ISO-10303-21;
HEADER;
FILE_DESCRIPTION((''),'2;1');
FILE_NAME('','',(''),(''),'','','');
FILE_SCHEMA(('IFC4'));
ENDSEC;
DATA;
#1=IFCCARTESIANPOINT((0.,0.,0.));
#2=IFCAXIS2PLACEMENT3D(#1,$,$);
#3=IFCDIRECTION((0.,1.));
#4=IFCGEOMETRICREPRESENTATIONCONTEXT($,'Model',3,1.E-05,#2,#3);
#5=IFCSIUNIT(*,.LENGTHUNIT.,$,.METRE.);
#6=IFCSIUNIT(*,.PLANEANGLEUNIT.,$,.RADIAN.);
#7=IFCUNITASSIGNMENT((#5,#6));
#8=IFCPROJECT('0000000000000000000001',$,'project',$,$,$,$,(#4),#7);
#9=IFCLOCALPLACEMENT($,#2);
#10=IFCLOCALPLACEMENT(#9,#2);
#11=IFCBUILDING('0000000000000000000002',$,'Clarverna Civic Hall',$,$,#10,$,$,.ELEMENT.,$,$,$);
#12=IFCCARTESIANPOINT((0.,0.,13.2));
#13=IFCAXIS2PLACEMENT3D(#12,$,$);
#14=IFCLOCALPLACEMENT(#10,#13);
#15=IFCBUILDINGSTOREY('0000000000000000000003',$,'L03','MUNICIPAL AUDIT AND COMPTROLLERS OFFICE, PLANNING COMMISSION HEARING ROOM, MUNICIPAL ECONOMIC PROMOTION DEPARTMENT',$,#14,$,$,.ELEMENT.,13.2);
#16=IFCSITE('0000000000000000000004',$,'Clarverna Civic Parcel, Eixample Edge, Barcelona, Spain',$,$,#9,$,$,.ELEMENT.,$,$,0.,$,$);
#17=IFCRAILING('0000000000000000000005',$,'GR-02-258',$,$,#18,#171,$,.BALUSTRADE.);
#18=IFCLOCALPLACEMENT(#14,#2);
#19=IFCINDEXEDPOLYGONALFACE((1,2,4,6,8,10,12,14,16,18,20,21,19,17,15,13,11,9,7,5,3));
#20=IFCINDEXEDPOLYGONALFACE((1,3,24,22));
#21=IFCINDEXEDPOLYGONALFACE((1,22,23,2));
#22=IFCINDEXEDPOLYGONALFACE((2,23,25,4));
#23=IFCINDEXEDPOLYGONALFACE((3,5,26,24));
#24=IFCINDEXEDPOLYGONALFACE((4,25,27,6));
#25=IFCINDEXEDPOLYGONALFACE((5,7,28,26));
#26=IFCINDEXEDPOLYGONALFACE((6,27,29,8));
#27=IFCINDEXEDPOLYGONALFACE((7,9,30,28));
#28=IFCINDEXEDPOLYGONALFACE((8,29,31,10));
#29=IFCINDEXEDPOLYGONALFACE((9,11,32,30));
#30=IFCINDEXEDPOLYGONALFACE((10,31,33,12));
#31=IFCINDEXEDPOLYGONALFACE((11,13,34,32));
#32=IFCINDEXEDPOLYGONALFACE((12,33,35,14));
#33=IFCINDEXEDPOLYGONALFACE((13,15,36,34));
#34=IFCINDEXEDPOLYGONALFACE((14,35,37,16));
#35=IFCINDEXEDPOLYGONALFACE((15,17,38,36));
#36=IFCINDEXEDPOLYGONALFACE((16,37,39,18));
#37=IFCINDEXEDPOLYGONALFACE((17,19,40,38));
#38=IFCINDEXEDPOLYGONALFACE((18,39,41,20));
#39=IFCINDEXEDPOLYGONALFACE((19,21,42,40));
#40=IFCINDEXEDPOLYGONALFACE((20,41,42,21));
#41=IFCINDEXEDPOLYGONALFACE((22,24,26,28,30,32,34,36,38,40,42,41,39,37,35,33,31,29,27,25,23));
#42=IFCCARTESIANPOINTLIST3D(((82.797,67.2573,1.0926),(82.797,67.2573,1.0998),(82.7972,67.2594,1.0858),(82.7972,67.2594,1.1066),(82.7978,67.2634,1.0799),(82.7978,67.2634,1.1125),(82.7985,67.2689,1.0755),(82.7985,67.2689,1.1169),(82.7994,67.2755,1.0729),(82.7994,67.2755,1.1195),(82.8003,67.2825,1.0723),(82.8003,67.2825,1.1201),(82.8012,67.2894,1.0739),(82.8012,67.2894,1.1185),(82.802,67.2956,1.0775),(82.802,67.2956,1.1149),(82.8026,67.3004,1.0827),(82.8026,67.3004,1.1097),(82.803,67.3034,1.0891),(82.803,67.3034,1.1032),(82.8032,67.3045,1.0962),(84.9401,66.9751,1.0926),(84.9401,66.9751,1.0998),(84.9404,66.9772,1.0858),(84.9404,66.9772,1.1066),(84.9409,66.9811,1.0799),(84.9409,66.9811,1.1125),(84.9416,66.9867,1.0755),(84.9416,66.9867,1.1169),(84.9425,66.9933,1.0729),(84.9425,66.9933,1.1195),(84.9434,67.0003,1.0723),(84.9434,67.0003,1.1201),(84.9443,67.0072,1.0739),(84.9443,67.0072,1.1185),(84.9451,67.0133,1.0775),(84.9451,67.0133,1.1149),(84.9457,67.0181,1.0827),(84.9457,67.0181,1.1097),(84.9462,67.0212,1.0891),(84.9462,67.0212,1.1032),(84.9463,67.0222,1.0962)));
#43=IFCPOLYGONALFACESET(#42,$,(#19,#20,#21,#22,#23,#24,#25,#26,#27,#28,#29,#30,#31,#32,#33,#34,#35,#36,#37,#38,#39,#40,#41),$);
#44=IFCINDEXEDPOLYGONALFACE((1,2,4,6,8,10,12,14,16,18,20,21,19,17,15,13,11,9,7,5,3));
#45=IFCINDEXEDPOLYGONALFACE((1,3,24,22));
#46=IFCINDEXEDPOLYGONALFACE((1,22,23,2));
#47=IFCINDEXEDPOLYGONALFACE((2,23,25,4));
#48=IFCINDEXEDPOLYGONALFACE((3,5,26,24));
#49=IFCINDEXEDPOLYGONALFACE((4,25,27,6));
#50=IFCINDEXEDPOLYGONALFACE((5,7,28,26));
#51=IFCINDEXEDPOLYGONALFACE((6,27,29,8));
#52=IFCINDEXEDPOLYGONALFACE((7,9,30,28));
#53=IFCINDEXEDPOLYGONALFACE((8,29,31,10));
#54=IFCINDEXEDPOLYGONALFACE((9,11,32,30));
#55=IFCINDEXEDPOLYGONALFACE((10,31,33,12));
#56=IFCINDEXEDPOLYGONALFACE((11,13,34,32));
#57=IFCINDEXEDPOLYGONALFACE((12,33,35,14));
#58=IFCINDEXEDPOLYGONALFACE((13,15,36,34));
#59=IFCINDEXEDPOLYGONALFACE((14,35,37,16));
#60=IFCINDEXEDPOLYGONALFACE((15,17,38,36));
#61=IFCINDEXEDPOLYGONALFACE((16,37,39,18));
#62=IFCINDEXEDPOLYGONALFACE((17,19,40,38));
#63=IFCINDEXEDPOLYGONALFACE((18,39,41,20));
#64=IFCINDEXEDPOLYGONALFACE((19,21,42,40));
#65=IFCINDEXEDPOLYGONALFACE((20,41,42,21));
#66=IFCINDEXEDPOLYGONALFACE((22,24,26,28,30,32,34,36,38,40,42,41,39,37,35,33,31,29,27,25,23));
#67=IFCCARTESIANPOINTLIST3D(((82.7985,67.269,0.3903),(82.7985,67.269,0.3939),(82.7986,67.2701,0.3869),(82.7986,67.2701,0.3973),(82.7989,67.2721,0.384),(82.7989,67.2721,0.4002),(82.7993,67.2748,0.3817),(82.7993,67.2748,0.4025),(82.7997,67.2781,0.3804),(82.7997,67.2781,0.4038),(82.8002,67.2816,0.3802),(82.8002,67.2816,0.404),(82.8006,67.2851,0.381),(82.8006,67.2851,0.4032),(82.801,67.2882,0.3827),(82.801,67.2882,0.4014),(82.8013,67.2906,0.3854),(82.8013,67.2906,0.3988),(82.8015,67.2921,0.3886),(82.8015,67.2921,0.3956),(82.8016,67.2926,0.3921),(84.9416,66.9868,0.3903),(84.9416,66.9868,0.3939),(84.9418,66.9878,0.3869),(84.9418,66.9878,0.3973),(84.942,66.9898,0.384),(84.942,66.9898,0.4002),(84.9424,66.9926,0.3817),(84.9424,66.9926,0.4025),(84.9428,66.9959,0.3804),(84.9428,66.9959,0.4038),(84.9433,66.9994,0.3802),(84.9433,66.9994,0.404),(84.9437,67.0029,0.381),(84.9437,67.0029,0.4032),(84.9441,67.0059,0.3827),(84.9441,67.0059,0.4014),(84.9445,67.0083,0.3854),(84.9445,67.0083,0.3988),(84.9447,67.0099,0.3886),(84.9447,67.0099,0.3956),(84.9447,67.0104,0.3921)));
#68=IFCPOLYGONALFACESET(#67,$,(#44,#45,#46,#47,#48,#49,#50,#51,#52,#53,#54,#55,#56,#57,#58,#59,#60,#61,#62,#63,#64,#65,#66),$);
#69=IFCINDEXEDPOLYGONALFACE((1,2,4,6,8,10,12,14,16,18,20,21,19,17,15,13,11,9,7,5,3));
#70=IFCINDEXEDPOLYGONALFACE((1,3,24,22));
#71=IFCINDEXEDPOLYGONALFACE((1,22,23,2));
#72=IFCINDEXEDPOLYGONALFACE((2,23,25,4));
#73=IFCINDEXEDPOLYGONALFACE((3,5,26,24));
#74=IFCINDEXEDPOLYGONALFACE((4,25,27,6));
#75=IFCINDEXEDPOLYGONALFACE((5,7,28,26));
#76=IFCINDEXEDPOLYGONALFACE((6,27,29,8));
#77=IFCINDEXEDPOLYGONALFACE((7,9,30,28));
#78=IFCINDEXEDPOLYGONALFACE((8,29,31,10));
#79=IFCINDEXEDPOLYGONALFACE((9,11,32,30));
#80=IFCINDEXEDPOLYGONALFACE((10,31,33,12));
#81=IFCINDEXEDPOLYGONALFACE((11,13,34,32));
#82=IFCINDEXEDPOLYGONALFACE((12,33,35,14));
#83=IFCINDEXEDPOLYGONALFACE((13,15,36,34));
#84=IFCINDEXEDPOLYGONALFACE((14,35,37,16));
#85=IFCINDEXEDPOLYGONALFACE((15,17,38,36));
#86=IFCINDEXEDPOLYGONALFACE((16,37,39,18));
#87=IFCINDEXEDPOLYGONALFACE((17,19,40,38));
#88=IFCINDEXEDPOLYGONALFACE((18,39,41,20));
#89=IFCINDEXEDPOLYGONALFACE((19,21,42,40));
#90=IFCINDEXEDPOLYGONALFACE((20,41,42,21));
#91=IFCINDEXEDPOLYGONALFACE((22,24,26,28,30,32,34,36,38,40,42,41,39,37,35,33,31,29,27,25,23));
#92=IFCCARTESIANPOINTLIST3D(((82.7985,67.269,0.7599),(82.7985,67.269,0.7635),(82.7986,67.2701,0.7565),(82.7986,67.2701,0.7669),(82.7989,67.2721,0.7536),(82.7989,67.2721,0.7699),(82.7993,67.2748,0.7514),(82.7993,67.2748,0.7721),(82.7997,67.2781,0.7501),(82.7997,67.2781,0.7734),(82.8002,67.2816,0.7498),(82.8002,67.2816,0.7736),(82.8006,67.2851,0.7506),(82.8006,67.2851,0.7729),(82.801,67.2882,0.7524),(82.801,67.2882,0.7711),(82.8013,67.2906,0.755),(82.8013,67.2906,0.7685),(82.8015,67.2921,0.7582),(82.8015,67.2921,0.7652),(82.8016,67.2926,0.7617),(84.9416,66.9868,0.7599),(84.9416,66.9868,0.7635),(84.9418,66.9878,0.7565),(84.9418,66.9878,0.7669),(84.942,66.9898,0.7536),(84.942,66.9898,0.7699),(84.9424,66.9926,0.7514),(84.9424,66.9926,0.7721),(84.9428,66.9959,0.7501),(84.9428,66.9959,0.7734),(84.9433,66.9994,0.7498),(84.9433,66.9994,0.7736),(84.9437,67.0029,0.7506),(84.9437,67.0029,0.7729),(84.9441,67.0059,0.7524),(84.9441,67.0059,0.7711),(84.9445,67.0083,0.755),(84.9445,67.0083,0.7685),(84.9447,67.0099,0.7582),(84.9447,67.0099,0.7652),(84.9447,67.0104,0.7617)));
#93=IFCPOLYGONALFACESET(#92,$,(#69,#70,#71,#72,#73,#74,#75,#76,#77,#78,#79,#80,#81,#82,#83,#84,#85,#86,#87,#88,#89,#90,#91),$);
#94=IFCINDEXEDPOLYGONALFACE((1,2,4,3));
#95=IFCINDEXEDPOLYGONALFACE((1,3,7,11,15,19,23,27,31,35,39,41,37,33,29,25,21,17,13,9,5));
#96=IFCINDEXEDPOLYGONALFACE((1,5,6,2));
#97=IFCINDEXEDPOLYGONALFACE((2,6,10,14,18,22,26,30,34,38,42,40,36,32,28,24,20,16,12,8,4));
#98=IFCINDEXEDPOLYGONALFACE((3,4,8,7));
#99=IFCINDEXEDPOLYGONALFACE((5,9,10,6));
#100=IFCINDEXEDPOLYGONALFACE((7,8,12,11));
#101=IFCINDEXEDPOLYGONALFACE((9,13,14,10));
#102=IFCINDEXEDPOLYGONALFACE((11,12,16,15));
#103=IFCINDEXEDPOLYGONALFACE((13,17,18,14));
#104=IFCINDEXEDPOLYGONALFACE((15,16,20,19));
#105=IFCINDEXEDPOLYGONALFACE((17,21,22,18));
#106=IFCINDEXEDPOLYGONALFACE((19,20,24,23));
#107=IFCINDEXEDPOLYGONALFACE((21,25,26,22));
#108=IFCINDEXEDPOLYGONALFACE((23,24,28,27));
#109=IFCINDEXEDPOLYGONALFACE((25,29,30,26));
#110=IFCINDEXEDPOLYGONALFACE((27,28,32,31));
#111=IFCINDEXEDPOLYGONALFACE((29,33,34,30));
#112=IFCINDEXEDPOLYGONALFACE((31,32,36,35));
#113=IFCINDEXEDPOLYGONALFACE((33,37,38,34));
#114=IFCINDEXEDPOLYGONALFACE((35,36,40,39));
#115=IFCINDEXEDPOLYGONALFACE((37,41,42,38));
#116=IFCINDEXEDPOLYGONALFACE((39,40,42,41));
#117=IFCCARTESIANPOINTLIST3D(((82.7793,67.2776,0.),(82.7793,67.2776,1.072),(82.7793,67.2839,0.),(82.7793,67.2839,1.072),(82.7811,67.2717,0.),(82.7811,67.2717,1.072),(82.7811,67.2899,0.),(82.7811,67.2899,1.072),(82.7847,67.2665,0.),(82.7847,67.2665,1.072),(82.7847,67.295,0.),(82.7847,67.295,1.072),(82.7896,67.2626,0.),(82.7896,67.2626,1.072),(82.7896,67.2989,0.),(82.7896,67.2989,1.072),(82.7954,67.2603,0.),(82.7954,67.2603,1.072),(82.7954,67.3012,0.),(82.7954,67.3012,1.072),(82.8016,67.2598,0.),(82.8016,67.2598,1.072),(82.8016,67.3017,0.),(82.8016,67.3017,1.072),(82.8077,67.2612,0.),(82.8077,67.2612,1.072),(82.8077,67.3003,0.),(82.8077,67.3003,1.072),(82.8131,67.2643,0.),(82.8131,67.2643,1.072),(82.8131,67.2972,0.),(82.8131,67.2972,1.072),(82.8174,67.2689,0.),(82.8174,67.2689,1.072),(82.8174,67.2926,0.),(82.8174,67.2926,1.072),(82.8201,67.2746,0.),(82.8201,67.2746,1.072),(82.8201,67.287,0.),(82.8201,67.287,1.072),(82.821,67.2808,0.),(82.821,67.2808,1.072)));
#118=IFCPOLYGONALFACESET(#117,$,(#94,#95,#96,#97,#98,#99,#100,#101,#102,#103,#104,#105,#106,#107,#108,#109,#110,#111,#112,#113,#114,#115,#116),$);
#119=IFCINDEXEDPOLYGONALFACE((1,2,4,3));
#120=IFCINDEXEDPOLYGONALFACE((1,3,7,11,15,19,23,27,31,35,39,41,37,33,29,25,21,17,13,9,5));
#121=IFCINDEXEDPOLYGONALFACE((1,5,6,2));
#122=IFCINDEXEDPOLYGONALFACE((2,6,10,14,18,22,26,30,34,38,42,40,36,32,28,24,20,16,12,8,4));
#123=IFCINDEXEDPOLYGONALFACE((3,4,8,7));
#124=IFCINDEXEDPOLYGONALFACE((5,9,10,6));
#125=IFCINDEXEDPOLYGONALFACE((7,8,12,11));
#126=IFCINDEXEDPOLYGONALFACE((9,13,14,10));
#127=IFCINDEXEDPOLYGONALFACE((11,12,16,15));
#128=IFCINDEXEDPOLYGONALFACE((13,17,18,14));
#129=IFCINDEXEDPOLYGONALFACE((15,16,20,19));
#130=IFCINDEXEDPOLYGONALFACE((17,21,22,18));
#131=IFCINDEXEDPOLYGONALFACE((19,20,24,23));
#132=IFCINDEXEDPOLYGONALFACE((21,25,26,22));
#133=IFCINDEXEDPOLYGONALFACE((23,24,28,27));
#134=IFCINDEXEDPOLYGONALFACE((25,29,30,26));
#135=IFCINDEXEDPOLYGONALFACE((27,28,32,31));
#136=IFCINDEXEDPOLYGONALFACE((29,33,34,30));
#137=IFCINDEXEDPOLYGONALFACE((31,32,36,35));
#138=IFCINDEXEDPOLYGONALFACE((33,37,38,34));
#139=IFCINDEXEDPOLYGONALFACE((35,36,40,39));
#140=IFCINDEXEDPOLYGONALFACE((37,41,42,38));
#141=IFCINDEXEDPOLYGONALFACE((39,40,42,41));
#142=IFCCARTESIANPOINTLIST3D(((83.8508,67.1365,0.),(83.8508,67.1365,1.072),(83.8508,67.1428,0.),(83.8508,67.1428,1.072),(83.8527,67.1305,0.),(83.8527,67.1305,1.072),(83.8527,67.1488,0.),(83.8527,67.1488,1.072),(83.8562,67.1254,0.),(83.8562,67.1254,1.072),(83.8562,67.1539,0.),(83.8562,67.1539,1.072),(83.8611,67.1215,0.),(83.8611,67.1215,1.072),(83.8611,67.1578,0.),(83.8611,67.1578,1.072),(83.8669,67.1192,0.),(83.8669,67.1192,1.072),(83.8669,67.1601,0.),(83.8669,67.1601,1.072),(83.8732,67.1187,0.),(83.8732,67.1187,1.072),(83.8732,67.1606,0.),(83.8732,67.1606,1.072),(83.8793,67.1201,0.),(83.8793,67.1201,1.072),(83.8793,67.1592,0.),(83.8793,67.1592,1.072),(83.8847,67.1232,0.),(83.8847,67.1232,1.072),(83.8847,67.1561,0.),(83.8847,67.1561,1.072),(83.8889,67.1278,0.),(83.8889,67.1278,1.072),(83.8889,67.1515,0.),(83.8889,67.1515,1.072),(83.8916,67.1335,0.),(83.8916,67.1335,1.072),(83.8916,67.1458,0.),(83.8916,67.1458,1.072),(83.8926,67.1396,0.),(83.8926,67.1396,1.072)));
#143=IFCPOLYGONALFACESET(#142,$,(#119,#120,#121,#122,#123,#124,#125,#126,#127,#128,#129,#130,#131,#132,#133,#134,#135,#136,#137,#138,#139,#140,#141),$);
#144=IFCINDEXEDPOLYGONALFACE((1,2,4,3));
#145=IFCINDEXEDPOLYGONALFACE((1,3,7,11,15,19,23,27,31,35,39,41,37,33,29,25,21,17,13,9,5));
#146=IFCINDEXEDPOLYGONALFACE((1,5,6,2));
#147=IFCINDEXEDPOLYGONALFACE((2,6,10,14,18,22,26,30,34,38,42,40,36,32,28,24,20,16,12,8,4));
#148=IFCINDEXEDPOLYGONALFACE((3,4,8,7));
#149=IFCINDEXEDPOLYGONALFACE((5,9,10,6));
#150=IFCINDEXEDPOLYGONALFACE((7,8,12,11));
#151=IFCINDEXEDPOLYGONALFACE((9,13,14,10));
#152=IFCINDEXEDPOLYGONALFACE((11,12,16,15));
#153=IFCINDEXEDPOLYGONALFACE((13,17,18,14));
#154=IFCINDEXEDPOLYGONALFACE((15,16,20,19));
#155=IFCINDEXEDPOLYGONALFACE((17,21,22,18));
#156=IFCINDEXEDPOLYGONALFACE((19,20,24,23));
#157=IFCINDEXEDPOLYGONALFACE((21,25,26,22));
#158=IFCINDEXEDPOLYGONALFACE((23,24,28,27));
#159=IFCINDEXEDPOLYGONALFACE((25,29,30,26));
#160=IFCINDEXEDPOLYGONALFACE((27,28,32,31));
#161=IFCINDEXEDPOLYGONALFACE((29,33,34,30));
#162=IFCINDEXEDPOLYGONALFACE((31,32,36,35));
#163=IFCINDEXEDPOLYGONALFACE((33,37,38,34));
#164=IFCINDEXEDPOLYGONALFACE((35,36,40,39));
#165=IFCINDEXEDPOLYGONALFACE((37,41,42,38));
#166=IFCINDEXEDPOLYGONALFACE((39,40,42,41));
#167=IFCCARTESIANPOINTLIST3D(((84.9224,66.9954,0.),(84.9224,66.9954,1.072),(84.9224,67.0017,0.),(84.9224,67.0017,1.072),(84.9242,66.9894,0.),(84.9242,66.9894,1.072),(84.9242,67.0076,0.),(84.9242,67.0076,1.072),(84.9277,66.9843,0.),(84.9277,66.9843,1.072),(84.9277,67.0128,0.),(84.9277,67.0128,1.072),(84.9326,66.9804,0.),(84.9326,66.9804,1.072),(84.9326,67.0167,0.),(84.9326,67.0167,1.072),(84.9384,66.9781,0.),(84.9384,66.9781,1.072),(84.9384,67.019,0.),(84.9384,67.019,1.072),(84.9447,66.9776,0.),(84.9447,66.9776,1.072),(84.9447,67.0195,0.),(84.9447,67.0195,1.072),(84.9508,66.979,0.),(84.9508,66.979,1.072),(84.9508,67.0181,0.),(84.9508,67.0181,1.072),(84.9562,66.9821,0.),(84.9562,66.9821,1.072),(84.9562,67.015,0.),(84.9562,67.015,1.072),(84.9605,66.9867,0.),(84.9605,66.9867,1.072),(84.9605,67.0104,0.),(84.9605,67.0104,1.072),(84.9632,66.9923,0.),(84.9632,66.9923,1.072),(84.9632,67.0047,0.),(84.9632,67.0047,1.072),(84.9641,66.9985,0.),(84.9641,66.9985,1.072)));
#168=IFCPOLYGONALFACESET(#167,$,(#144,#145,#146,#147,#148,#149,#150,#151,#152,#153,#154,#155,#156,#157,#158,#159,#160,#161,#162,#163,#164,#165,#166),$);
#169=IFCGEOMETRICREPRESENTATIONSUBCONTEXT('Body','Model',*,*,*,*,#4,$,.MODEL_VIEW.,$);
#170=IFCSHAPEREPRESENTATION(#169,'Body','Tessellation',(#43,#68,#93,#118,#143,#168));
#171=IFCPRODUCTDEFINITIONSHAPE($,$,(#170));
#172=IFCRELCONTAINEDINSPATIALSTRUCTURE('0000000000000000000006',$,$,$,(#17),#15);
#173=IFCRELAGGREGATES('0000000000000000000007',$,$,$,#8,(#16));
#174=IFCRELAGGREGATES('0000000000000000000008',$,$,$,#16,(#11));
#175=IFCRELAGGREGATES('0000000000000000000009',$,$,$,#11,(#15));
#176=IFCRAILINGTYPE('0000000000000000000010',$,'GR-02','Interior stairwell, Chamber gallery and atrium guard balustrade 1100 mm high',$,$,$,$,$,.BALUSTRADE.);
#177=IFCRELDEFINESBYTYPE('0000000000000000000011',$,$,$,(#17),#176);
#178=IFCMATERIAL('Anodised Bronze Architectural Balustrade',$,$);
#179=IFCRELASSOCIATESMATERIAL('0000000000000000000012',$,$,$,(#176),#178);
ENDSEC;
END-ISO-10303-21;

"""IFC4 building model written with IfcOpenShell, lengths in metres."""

from ifc_helpers import new_model, si_unit, direction, frame, origin, origin_2d, place, context, subcontext, project, spatial, circle, extrude, material, type_object, element, save


model = new_model("IFC4")

# Units and contexts
model_context = context("Model", 3, precision=1e-05, world=origin(), true_north=direction((0.0, 1.0)))
body_context = subcontext(model_context, "Body", "Model", "MODEL_VIEW")
ifc_project = project(units=[si_unit("LENGTHUNIT", "METRE"), si_unit("PLANEANGLEUNIT", "RADIAN")], contexts=[model_context])

# Site, building, storey
site_placement = place(None, origin())
site = spatial("IfcSite", under=ifc_project, at=site_placement, Name="Clarverna Civic Parcel, Eixample Edge, Barcelona, Spain", CompositionType="ELEMENT", RefElevation=0.0)
building_placement = place(site_placement, origin())
building = spatial("IfcBuilding", under=site, at=building_placement, Name="Clarverna Civic Hall", CompositionType="ELEMENT")
storey_placement = place(building_placement, frame((0.0, 0.0, 13.2)))
storey = spatial("IfcBuildingStorey", under=building, at=storey_placement, Name="L03", Description="MUNICIPAL AUDIT AND COMPTROLLERS OFFICE, PLANNING COMMISSION HEARING ROOM, MUNICIPAL ECONOMIC PROMOTION DEPARTMENT", CompositionType="ELEMENT", Elevation=13.2)

# Railing
ifc_material_1 = material(Name="Anodised Bronze Architectural Balustrade")
railing_type_1 = type_object("IfcRailingType", Name="GR-02", Description="Interior stairwell, Chamber gallery and atrium guard balustrade 1100 mm high", PredefinedType="BALUSTRADE", material=ifc_material_1)
railing_1_placement = place(storey_placement, frame((82.8, 67.2808, 0.0)))
element("IfcRailing", 1, at=railing_1_placement, inside=storey, type_object=railing_type_1, Name="GR-02-258", PredefinedType="BALUSTRADE", context=body_context, shape_type="SweptSolid", body=[
    extrude(circle(Radius=0.0239, at=origin_2d()), frame((0.0, 0.0, 1.0962), z_axis=(0.99144, -0.130566, 0.0), x_axis=(0.130566, 0.99144, 0.0)), (0.0, 0.0, 1.0), 2.1616),
    extrude(circle(Radius=0.012, at=origin_2d()), frame((0.0, 0.0, 0.3921), z_axis=(0.99144, -0.130566, 0.0), x_axis=(0.130566, 0.99144, 0.0)), (0.0, 0.0, 1.0), 2.1616),
    extrude(circle(Radius=0.012, at=origin_2d()), frame((0.0, 0.0, 0.7617), z_axis=(0.99144, -0.130566, 0.0), x_axis=(0.130566, 0.99144, 0.0)), (0.0, 0.0, 1.0), 2.1616),
    extrude(circle(Radius=0.021, at=origin_2d()), origin(), (0.0, 0.0, 1.0), 1.072),
    extrude(circle(Radius=0.021, at=origin_2d()), frame((1.0715, -0.1411, 0.0)), (0.0, 0.0, 1.0), 1.072),
    extrude(circle(Radius=0.021, at=origin_2d()), frame((2.1431, -0.2822, 0.0)), (0.0, 0.0, 1.0), 1.072),
])

save(model, "model.ifc")
